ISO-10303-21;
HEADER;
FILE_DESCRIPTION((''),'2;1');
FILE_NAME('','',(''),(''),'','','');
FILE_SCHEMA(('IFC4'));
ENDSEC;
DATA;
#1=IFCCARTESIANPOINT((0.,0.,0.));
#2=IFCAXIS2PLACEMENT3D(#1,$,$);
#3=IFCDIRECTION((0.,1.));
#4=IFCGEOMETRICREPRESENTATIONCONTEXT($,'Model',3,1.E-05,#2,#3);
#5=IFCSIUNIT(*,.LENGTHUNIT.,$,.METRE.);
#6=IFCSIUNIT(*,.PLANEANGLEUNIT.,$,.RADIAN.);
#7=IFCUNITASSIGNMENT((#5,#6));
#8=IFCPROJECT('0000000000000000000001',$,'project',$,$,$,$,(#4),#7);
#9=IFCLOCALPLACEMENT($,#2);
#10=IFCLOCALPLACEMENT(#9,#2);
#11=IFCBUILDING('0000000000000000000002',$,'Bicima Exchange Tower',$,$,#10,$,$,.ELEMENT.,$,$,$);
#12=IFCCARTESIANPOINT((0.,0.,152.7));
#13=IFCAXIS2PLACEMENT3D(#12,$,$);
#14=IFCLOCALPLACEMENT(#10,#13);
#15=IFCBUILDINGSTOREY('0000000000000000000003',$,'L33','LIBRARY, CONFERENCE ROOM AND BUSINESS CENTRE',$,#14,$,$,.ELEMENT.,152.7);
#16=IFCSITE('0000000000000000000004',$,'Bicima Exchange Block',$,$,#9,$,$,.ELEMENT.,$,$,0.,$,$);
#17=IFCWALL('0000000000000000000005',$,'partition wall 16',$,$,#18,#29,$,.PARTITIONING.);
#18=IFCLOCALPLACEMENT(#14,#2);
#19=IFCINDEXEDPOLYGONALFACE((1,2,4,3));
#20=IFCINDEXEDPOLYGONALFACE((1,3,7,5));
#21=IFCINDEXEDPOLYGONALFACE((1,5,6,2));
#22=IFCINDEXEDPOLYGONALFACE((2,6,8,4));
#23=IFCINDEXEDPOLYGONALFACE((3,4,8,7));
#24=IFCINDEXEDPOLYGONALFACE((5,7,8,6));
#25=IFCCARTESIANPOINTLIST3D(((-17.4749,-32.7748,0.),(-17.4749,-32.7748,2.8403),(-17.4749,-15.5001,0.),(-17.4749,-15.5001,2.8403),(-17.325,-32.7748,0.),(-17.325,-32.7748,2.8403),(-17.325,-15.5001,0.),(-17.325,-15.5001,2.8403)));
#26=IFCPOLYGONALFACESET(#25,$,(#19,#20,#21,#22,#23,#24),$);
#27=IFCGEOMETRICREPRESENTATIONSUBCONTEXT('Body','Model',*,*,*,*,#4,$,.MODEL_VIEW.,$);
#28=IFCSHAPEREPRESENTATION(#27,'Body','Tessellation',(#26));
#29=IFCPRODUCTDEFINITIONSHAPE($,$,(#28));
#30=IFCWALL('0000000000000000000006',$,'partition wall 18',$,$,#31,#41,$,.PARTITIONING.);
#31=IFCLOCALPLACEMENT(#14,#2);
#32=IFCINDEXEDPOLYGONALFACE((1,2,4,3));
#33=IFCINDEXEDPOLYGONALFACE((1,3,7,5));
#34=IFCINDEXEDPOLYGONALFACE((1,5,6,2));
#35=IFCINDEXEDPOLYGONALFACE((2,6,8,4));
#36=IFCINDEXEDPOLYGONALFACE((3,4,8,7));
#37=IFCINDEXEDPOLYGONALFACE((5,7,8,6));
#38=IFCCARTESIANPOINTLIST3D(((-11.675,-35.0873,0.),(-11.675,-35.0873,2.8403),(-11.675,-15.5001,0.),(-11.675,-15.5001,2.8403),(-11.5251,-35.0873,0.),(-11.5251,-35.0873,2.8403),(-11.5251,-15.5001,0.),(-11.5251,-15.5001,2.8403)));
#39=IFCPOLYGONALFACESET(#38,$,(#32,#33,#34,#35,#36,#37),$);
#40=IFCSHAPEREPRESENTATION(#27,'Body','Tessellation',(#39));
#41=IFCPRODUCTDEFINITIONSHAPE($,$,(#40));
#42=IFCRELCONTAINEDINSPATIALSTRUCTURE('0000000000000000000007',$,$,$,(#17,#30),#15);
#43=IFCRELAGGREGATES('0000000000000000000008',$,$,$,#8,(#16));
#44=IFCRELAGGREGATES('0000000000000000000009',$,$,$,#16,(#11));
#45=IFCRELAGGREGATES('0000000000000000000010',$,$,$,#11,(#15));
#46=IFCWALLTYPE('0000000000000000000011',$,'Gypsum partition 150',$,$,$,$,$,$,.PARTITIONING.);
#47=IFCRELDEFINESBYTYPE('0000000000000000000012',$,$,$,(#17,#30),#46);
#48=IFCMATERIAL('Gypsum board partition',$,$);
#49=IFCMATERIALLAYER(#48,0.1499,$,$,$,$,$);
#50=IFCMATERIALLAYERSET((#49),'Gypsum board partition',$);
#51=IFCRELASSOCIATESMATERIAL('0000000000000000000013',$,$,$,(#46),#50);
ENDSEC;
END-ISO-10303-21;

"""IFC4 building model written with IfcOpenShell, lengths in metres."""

from ifc_helpers import new_model, si_unit, direction, frame, frame_2d, origin, place, context, subcontext, project, spatial, rectangle, extrude, material, layer, layer_set, type_object, element, save


model = new_model("IFC4")

# Units and contexts
model_context = context("Model", 3, precision=1e-05, world=origin(), true_north=direction((0.0, 1.0)))
body_context = subcontext(model_context, "Body", "Model", "MODEL_VIEW")
ifc_project = project(units=[si_unit("LENGTHUNIT", "METRE"), si_unit("PLANEANGLEUNIT", "RADIAN")], contexts=[model_context])

# Site, building, storey
site_placement = place(None, origin())
site = spatial("IfcSite", under=ifc_project, at=site_placement, Name="Bicima Exchange Block", CompositionType="ELEMENT", RefElevation=0.0)
building_placement = place(site_placement, origin())
building = spatial("IfcBuilding", under=site, at=building_placement, Name="Bicima Exchange Tower", CompositionType="ELEMENT")
storey_placement = place(building_placement, frame((0.0, 0.0, 152.7)))
storey = spatial("IfcBuildingStorey", under=building, at=storey_placement, Name="L33", Description="LIBRARY, CONFERENCE ROOM AND BUSINESS CENTRE", CompositionType="ELEMENT", Elevation=152.7)

# Walls
ifc_material_1 = material(Name="Gypsum board partition")
ifc_layer_1 = layer(ifc_material_1, 0.1499)
ifc_layer_set_1 = layer_set([ifc_layer_1], Name="Gypsum board partition")
wall_type = type_object("IfcWallType", Name="Gypsum partition 150", PredefinedType="PARTITIONING", material=ifc_layer_set_1)
wall_1_placement = place(storey_placement, frame((-17.3999, -32.7747, 0.0), z_axis=(0.0, 0.0, 1.0), x_axis=(0.0, 1.0, 0.0)))
element("IfcWall", 1, at=wall_1_placement, inside=storey, type_object=wall_type, Name="partition wall 16", PredefinedType="PARTITIONING", context=body_context, shape_type="SweptSolid", body=[
    extrude(rectangle(XDim=17.2747, YDim=0.1499, at=frame_2d((8.6372, 0.0))), origin(), (0.0, 0.0, 1.0), 2.8403),
])
wall_2_placement = place(storey_placement, frame((-11.6001, -35.0872, 0.0), z_axis=(0.0, 0.0, 1.0), x_axis=(0.0, 1.0, 0.0)))
element("IfcWall", 2, at=wall_2_placement, inside=storey, type_object=wall_type, Name="partition wall 18", PredefinedType="PARTITIONING", context=body_context, shape_type="SweptSolid", body=[
    extrude(rectangle(XDim=19.5872, YDim=0.1499, at=frame_2d((9.7935, 0.0))), origin(), (0.0, 0.0, 1.0), 2.8403),
])

save(model, "model.ifc")
